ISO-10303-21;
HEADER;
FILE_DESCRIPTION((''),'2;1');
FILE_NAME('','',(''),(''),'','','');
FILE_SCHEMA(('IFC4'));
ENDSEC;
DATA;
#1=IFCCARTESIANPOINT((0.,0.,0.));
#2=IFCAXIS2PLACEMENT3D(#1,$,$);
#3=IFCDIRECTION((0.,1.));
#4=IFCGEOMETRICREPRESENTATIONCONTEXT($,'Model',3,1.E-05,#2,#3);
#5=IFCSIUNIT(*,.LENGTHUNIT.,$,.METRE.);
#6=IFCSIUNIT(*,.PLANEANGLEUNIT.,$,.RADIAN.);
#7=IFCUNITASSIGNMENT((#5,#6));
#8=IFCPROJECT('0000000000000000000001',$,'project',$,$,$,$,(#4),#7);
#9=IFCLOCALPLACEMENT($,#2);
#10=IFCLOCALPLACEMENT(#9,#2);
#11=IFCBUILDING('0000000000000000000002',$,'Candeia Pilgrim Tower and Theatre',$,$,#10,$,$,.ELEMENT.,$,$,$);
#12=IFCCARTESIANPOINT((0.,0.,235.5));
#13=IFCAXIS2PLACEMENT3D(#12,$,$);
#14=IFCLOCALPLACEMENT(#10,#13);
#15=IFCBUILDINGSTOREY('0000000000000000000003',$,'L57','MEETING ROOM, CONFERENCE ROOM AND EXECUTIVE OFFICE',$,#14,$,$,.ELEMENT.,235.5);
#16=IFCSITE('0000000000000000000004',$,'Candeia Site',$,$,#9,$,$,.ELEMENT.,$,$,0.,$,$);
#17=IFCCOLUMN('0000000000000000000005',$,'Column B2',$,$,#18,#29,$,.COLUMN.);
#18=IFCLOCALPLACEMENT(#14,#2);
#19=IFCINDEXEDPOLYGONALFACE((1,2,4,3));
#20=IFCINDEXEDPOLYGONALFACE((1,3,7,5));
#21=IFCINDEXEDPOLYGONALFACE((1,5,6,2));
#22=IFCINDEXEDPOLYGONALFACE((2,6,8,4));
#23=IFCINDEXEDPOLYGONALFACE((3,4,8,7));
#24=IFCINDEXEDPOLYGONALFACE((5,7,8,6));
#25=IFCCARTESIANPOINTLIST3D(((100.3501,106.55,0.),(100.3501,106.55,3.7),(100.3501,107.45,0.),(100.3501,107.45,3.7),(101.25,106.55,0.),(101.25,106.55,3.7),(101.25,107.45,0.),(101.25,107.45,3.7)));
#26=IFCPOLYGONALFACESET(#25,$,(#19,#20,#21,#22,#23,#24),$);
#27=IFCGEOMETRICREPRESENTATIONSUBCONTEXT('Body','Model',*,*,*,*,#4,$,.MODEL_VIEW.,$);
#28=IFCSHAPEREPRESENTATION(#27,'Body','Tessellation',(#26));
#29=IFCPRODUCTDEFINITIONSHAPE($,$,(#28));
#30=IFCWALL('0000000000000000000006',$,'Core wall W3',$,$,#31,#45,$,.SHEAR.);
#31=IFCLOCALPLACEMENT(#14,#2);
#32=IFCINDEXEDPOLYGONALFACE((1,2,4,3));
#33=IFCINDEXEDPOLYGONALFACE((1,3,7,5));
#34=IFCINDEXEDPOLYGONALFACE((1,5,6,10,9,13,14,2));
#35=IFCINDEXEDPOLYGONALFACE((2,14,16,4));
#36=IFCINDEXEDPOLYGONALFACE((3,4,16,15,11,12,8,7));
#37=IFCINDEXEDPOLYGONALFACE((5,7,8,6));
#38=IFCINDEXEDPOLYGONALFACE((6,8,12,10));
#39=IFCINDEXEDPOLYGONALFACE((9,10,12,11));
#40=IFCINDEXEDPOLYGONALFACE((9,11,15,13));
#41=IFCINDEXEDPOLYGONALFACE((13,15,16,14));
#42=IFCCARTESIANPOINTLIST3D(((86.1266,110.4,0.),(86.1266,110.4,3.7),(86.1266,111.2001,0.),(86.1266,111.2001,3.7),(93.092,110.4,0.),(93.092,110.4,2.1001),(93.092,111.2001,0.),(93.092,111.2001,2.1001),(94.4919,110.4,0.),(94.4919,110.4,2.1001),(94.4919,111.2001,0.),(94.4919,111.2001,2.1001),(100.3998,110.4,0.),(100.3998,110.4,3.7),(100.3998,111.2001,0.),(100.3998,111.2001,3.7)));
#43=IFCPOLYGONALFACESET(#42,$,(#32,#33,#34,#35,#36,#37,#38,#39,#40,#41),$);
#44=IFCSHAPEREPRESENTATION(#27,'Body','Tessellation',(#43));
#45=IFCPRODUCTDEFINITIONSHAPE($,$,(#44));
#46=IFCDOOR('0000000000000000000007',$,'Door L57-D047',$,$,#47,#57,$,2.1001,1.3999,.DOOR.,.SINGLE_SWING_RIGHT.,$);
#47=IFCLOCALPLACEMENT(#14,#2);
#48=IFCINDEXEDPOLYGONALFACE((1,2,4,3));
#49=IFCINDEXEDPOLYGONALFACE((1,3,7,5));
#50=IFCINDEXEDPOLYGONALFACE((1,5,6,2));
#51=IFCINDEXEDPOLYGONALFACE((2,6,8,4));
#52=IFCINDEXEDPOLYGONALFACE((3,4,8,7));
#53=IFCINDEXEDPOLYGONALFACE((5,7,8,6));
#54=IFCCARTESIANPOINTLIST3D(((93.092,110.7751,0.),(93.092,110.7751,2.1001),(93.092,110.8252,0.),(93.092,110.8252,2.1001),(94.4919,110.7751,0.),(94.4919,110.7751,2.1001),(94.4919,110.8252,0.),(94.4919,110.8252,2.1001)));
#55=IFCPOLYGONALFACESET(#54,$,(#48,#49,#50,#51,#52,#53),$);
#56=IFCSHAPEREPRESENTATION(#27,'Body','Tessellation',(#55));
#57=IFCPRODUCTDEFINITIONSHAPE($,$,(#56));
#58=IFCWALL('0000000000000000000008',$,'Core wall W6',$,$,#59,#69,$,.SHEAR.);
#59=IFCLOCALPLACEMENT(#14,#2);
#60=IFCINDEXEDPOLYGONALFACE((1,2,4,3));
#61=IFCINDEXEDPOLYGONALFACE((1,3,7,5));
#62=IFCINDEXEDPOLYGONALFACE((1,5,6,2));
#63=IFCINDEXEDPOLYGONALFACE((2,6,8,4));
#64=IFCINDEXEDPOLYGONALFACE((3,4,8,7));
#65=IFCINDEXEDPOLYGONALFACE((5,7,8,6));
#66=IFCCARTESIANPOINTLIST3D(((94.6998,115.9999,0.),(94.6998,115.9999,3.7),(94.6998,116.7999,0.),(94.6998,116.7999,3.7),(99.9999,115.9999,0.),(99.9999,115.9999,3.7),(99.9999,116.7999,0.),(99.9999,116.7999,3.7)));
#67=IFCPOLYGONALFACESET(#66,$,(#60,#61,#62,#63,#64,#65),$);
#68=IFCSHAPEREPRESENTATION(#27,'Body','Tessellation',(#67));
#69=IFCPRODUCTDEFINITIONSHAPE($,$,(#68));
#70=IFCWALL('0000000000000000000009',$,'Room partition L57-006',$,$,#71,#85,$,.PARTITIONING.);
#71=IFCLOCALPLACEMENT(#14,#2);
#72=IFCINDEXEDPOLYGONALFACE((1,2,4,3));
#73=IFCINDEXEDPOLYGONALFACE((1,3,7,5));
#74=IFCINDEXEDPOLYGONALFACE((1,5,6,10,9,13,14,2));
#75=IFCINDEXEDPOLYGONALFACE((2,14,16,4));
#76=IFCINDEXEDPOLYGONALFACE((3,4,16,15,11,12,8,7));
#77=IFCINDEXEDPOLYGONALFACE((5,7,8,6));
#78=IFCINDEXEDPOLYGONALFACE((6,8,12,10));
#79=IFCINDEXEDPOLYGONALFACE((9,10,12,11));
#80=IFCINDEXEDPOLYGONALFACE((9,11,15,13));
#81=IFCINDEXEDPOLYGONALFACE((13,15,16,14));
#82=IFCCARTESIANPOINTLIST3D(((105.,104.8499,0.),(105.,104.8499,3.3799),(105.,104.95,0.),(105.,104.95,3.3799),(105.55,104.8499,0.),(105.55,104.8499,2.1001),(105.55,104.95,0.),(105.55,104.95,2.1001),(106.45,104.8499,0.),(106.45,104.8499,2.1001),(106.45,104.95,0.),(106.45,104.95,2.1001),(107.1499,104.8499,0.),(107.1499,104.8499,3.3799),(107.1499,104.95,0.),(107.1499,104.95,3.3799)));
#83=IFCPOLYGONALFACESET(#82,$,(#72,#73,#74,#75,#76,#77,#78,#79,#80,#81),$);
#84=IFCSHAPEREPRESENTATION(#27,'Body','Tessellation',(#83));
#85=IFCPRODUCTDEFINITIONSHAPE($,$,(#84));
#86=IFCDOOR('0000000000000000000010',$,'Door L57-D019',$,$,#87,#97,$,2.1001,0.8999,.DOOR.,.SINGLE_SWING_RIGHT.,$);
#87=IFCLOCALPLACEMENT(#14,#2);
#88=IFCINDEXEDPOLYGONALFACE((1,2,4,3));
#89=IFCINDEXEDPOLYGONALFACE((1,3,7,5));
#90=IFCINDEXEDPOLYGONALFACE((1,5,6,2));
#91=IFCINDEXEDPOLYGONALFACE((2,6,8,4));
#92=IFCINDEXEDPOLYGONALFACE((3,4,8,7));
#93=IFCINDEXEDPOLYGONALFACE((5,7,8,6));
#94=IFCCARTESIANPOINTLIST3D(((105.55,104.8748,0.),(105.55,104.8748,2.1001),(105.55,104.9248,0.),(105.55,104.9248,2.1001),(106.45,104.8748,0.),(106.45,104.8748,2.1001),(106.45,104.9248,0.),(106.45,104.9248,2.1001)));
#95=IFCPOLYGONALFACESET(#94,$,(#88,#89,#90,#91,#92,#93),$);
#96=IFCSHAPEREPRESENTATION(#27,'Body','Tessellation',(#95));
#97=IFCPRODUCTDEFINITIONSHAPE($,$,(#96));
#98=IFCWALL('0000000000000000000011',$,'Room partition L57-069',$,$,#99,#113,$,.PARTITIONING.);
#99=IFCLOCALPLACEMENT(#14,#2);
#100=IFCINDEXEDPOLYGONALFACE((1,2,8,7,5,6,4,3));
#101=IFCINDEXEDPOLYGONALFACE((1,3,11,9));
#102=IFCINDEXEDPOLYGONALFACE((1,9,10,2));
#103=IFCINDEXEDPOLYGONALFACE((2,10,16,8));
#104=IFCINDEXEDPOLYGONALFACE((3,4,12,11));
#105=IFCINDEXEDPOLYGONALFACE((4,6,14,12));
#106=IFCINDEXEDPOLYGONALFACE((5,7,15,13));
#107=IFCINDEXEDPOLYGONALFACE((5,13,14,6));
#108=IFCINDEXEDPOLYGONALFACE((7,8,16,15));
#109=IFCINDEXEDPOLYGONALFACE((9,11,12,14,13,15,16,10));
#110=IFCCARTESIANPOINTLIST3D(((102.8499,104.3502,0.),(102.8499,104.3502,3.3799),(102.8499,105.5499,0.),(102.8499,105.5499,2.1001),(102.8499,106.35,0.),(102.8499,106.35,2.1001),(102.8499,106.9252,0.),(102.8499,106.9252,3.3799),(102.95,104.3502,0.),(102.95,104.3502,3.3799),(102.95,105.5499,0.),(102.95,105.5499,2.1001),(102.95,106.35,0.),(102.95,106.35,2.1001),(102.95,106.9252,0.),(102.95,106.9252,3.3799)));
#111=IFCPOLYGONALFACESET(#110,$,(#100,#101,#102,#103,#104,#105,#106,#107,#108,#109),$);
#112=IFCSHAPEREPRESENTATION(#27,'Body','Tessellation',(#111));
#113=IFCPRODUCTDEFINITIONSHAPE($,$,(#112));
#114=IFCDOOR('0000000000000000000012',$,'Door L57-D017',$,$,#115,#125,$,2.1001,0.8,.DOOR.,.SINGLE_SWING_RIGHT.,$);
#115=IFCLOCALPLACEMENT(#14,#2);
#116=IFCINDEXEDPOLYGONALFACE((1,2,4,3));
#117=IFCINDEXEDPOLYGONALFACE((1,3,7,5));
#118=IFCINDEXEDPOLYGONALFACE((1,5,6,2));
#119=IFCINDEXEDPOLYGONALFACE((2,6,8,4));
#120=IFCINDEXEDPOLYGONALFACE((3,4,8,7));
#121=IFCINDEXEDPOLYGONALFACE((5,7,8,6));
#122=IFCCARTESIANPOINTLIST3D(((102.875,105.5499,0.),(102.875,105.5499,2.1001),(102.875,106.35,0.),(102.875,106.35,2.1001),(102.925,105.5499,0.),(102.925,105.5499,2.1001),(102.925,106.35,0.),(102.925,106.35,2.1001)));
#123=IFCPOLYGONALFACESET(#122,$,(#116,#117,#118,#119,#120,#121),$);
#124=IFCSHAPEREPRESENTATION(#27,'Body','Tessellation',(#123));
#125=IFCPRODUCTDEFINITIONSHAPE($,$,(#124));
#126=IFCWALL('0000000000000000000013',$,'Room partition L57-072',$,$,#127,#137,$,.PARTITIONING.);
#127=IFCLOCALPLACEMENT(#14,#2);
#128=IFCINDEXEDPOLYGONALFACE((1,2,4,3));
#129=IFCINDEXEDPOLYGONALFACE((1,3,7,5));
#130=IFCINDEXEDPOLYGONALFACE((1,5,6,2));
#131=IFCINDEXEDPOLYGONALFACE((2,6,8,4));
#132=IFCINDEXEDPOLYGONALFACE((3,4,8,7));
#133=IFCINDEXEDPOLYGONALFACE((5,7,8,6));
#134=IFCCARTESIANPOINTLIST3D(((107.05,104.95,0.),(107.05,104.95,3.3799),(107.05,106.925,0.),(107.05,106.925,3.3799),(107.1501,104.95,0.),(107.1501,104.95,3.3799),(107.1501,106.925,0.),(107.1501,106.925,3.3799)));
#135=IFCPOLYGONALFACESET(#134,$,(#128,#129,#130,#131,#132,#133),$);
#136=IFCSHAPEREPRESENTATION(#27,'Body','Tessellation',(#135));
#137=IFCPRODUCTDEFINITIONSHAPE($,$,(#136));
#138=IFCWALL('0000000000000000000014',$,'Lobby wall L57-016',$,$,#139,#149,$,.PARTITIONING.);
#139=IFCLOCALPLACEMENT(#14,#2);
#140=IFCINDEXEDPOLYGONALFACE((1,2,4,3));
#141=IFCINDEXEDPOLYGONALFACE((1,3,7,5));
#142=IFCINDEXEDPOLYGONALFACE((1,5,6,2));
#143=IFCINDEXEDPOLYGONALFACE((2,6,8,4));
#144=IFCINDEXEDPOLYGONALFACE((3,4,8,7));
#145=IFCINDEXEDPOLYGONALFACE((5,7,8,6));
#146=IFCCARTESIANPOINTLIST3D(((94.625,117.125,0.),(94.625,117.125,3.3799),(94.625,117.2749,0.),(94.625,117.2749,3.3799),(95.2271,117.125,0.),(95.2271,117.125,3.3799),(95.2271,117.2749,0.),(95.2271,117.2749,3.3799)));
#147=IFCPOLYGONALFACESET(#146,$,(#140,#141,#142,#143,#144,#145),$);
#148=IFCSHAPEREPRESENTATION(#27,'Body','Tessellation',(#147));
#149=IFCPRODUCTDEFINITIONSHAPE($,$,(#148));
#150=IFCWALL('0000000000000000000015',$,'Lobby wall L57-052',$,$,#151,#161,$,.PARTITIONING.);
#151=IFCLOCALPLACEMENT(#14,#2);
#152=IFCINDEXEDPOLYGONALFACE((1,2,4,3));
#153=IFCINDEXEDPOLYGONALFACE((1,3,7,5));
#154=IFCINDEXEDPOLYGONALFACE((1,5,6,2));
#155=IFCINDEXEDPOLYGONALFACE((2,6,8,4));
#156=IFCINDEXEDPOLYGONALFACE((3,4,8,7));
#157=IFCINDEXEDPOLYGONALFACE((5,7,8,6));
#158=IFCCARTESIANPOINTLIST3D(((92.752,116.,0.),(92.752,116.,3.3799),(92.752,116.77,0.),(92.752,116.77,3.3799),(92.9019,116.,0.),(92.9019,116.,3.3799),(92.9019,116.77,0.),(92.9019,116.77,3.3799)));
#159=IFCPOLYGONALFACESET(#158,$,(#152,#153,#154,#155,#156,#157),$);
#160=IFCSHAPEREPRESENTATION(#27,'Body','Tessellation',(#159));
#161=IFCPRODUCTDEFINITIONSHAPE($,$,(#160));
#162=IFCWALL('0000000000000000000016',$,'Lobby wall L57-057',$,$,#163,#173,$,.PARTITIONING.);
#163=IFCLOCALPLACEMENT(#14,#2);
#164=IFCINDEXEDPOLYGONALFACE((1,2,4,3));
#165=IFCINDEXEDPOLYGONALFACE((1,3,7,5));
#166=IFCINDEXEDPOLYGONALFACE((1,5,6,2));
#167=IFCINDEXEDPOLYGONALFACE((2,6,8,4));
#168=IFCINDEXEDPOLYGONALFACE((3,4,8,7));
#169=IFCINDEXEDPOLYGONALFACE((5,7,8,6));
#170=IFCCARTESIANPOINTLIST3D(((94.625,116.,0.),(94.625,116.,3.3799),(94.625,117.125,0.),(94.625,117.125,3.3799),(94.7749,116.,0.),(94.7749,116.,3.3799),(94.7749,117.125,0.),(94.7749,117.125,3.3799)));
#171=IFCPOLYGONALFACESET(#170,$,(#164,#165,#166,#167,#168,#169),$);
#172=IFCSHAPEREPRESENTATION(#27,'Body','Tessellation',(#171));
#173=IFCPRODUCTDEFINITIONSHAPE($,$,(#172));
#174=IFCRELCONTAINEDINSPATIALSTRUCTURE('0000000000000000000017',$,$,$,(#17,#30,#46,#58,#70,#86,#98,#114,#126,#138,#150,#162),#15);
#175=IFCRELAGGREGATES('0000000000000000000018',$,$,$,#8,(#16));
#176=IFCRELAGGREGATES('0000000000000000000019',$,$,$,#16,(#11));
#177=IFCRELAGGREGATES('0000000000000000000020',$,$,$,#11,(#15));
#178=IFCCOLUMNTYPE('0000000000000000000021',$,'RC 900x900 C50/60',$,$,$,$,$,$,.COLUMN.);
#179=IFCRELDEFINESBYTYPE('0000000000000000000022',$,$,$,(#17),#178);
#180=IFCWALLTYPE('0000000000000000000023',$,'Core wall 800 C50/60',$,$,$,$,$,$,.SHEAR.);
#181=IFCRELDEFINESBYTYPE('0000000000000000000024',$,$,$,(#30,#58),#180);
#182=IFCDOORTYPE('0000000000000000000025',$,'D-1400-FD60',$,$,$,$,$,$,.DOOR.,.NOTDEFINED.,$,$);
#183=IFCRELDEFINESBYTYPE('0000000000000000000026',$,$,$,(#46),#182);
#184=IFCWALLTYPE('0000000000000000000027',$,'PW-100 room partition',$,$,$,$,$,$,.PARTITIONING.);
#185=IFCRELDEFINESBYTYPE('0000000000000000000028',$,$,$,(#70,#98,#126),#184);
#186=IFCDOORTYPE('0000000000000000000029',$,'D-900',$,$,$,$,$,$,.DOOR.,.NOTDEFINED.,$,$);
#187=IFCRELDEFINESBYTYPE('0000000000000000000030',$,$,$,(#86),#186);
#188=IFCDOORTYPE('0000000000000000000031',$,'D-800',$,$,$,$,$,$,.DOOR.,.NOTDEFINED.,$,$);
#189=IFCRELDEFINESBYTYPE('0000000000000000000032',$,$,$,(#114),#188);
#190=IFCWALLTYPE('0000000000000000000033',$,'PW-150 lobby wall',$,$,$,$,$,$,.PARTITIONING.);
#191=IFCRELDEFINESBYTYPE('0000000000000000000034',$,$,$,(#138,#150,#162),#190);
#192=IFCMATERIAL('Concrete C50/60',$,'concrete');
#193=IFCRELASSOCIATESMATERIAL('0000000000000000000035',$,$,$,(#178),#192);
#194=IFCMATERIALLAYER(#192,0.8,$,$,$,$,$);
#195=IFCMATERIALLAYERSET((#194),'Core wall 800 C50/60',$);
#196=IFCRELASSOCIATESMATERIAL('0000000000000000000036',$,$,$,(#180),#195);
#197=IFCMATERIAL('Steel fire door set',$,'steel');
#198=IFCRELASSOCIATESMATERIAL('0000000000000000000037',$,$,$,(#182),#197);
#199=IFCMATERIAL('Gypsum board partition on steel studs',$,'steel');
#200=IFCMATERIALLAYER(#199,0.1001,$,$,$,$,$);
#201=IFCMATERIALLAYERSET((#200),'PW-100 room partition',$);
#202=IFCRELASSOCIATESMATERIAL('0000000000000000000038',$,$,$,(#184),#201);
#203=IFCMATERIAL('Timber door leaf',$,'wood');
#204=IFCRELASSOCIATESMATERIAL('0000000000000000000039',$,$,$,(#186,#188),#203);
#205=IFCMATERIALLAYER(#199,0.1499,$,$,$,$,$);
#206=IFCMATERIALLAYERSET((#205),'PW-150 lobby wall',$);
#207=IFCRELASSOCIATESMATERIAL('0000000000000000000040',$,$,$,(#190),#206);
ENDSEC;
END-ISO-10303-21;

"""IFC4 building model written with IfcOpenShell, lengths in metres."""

from ifc_helpers import new_model, si_unit, direction, frame, frame_2d, origin, origin_2d, place, context, subcontext, project, spatial, rectangle, extrude, material, layer, layer_set, material_profile, profile_set, type_object, element, fill, save


model = new_model("IFC4")

# Units and contexts
model_context = context("Model", 3, precision=1e-05, world=origin(), true_north=direction((0.0, 1.0)))
body_context = subcontext(model_context, "Body", "Model", "MODEL_VIEW")
ifc_project = project(units=[si_unit("LENGTHUNIT", "METRE"), si_unit("PLANEANGLEUNIT", "RADIAN")], contexts=[model_context])

# Site, building, storey
site_placement = place(None, origin())
site = spatial("IfcSite", under=ifc_project, at=site_placement, Name="Candeia Site", CompositionType="ELEMENT", RefElevation=0.0)
building_placement = place(site_placement, origin())
building = spatial("IfcBuilding", under=site, at=building_placement, Name="Candeia Pilgrim Tower and Theatre", CompositionType="ELEMENT")
storey_placement = place(building_placement, frame((0.0, 0.0, 235.5)))
storey = spatial("IfcBuildingStorey", under=building, at=storey_placement, Name="L57", Description="MEETING ROOM, CONFERENCE ROOM AND EXECUTIVE OFFICE", CompositionType="ELEMENT", Elevation=235.5)

# Column
ifc_material_1 = material(Name="Concrete C50/60", Category="concrete")
ifc_material_profile = material_profile(ifc_material_1, rectangle(XDim=0.8999, YDim=0.8999, at=origin_2d()))
ifc_profile_set = profile_set([ifc_material_profile], Name="Concrete C50/60")
column_type = type_object("IfcColumnType", Name="RC 900x900 C50/60", PredefinedType="COLUMN", material=ifc_profile_set)
column_placement = place(storey_placement, frame((100.8, 107.0, 0.0), z_axis=(0.0, 0.0, 1.0), x_axis=(1.0, 0.0, 0.0)))
element("IfcColumn", 1, at=column_placement, inside=storey, type_object=column_type, Name="Column B2", PredefinedType="COLUMN", context=body_context, shape_type="SweptSolid", body=[
    extrude(rectangle(XDim=0.8999, YDim=0.8999, at=origin_2d()), origin(), (0.0, 0.0, 1.0), 3.7),
])

# Wall, opening, door
ifc_layer_1 = layer(ifc_material_1, 0.8)
ifc_layer_set_1 = layer_set([ifc_layer_1], Name="Core wall 800 C50/60")
wall_type_1 = type_object("IfcWallType", Name="Core wall 800 C50/60", PredefinedType="SHEAR", material=ifc_layer_set_1)
wall_1_placement = place(storey_placement, frame((100.3999, 110.8, 0.0), z_axis=(0.0, 0.0, 1.0), x_axis=(-1.0, 0.0, 0.0)))
wall_1 = element("IfcWall", 2, at=wall_1_placement, inside=storey, type_object=wall_type_1, Name="Core wall W3", PredefinedType="SHEAR", context=body_context, shape_type="SweptSolid", body=[
    extrude(rectangle(XDim=14.2732, YDim=0.8, at=frame_2d((7.1367, 0.0))), origin(), (0.0, 0.0, 1.0), 3.7),
])
opening_1_placement = place(wall_1_placement, frame((5.908, 0.0, 0.0)))
opening_1 = element("IfcOpeningElement", 3, at=opening_1_placement, cuts=wall_1, PredefinedType="OPENING", context=body_context, shape_type="SweptSolid", body=[
    extrude(rectangle(XDim=1.3999, YDim=2.1001, at=frame_2d((0.7, 1.05))), frame((0.0, 0.4102, 0.0), z_axis=(0.0, -1.0, 0.0), x_axis=(1.0, 0.0, 0.0)), (0.0, 0.0, 1.0), 0.8201),
])
ifc_material_2 = material(Name="Steel fire door set", Category="steel")
door_type_1 = type_object("IfcDoorType", Name="D-1400-FD60", OperationType="NOTDEFINED", PredefinedType="DOOR", material=ifc_material_2)
door_1_placement = place(opening_1_placement, origin())
door_1 = element("IfcDoor", 4, at=door_1_placement, inside=storey, type_object=door_type_1, Name="Door L57-D047", OperationType="SINGLE_SWING_RIGHT", OverallHeight=2.1001, OverallWidth=1.3999, PredefinedType="DOOR", context=body_context, shape_type="SweptSolid", body=[
    extrude(rectangle(XDim=1.3999, YDim=2.1001, at=frame_2d((0.7, 1.05))), frame((0.0, 0.0249, 0.0), z_axis=(0.0, -1.0, 0.0), x_axis=(1.0, 0.0, 0.0)), (0.0, 0.0, 1.0), 0.05),
])
fill(opening_1, door_1)

# Wall
wall_2_placement = place(storey_placement, frame((94.7, 116.3999, 0.0), z_axis=(0.0, 0.0, 1.0), x_axis=(1.0, 0.0, 0.0)))
element("IfcWall", 5, at=wall_2_placement, inside=storey, type_object=wall_type_1, Name="Core wall W6", PredefinedType="SHEAR", context=body_context, shape_type="SweptSolid", body=[
    extrude(rectangle(XDim=5.3, YDim=0.8, at=frame_2d((2.6499, 0.0))), origin(), (0.0, 0.0, 1.0), 3.7),
])

# Walls, openings, doors
ifc_material_3 = material(Name="Gypsum board partition on steel studs", Category="steel")
ifc_layer_2 = layer(ifc_material_3, 0.1001)
ifc_layer_set_2 = layer_set([ifc_layer_2], Name="PW-100 room partition")
wall_type_2 = type_object("IfcWallType", Name="PW-100 room partition", PredefinedType="PARTITIONING", material=ifc_layer_set_2)
wall_3_placement = place(storey_placement, frame((105.0, 104.8999, 0.0), z_axis=(0.0, 0.0, 1.0), x_axis=(1.0, 0.0, 0.0)))
wall_3 = element("IfcWall", 6, at=wall_3_placement, inside=storey, type_object=wall_type_2, Name="Room partition L57-006", PredefinedType="PARTITIONING", context=body_context, shape_type="SweptSolid", body=[
    extrude(rectangle(XDim=2.1499, YDim=0.1001, at=frame_2d((1.075, 0.0))), origin(), (0.0, 0.0, 1.0), 3.3799),
])
opening_2_placement = place(wall_3_placement, frame((0.55, 0.0, 0.0)))
opening_2 = element("IfcOpeningElement", 7, at=opening_2_placement, cuts=wall_3, PredefinedType="OPENING", context=body_context, shape_type="SweptSolid", body=[
    extrude(rectangle(XDim=0.8999, YDim=2.1001, at=frame_2d((0.45, 1.05))), frame((0.0, 0.0601, 0.0), z_axis=(0.0, -1.0, 0.0), x_axis=(1.0, 0.0, 0.0)), (0.0, 0.0, 1.0), 0.1201),
])
ifc_material_4 = material(Name="Timber door leaf", Category="wood")
door_type_2 = type_object("IfcDoorType", Name="D-900", OperationType="NOTDEFINED", PredefinedType="DOOR", material=ifc_material_4)
door_2_placement = place(opening_2_placement, origin())
door_2 = element("IfcDoor", 8, at=door_2_placement, inside=storey, type_object=door_type_2, Name="Door L57-D019", OperationType="SINGLE_SWING_RIGHT", OverallHeight=2.1001, OverallWidth=0.8999, PredefinedType="DOOR", context=body_context, shape_type="SweptSolid", body=[
    extrude(rectangle(XDim=0.8999, YDim=2.1001, at=frame_2d((0.45, 1.05))), frame((0.0, 0.0249, 0.0), z_axis=(0.0, -1.0, 0.0), x_axis=(1.0, 0.0, 0.0)), (0.0, 0.0, 1.0), 0.05),
])
fill(opening_2, door_2)
wall_4_placement = place(storey_placement, frame((102.8999, 104.3501, 0.0), z_axis=(0.0, 0.0, 1.0), x_axis=(0.0, 1.0, 0.0)))
wall_4 = element("IfcWall", 9, at=wall_4_placement, inside=storey, type_object=wall_type_2, Name="Room partition L57-069", PredefinedType="PARTITIONING", context=body_context, shape_type="SweptSolid", body=[
    extrude(rectangle(XDim=2.575, YDim=0.1001, at=frame_2d((1.2876, 0.0))), origin(), (0.0, 0.0, 1.0), 3.3799),
])
opening_3_placement = place(wall_4_placement, frame((1.2, 0.0, 0.0)))
opening_3 = element("IfcOpeningElement", 10, at=opening_3_placement, cuts=wall_4, PredefinedType="OPENING", context=body_context, shape_type="SweptSolid", body=[
    extrude(rectangle(XDim=0.8, YDim=2.1001, at=frame_2d((0.3999, 1.05))), frame((0.0, 0.0601, 0.0), z_axis=(0.0, -1.0, 0.0), x_axis=(1.0, 0.0, 0.0)), (0.0, 0.0, 1.0), 0.1201),
])
door_type_3 = type_object("IfcDoorType", Name="D-800", OperationType="NOTDEFINED", PredefinedType="DOOR", material=ifc_material_4)
door_3_placement = place(opening_3_placement, origin())
door_3 = element("IfcDoor", 11, at=door_3_placement, inside=storey, type_object=door_type_3, Name="Door L57-D017", OperationType="SINGLE_SWING_RIGHT", OverallHeight=2.1001, OverallWidth=0.8, PredefinedType="DOOR", context=body_context, shape_type="SweptSolid", body=[
    extrude(rectangle(XDim=0.8, YDim=2.1001, at=frame_2d((0.3999, 1.05))), frame((0.0, 0.0249, 0.0), z_axis=(0.0, -1.0, 0.0), x_axis=(1.0, 0.0, 0.0)), (0.0, 0.0, 1.0), 0.05),
])
fill(opening_3, door_3)

# Walls
wall_5_placement = place(storey_placement, frame((107.1001, 104.95, 0.0), z_axis=(0.0, 0.0, 1.0), x_axis=(0.0, 1.0, 0.0)))
element("IfcWall", 12, at=wall_5_placement, inside=storey, type_object=wall_type_2, Name="Room partition L57-072", PredefinedType="PARTITIONING", context=body_context, shape_type="SweptSolid", body=[
    extrude(rectangle(XDim=1.9751, YDim=0.1001, at=frame_2d((0.9875, 0.0))), origin(), (0.0, 0.0, 1.0), 3.3799),
])
ifc_layer_3 = layer(ifc_material_3, 0.1499)
ifc_layer_set_3 = layer_set([ifc_layer_3], Name="PW-150 lobby wall")
wall_type_3 = type_object("IfcWallType", Name="PW-150 lobby wall", PredefinedType="PARTITIONING", material=ifc_layer_set_3)
wall_6_placement = place(storey_placement, frame((94.625, 117.2, 0.0), z_axis=(0.0, 0.0, 1.0), x_axis=(1.0, 0.0, 0.0)))
element("IfcWall", 13, at=wall_6_placement, inside=storey, type_object=wall_type_3, Name="Lobby wall L57-016", PredefinedType="PARTITIONING", context=body_context, shape_type="SweptSolid", body=[
    extrude(rectangle(XDim=0.6021, YDim=0.1499, at=frame_2d((0.301, 0.0))), origin(), (0.0, 0.0, 1.0), 3.3799),
])
wall_7_placement = place(storey_placement, frame((92.8269, 116.0, 0.0), z_axis=(0.0, 0.0, 1.0), x_axis=(0.0, 1.0, 0.0)))
element("IfcWall", 14, at=wall_7_placement, inside=storey, type_object=wall_type_3, Name="Lobby wall L57-052", PredefinedType="PARTITIONING", context=body_context, shape_type="SweptSolid", body=[
    extrude(rectangle(XDim=0.77, YDim=0.1499, at=frame_2d((0.385, 0.0))), origin(), (0.0, 0.0, 1.0), 3.3799),
])
wall_8_placement = place(storey_placement, frame((94.7, 116.0, 0.0), z_axis=(0.0, 0.0, 1.0), x_axis=(0.0, 1.0, 0.0)))
element("IfcWall", 15, at=wall_8_placement, inside=storey, type_object=wall_type_3, Name="Lobby wall L57-057", PredefinedType="PARTITIONING", context=body_context, shape_type="SweptSolid", body=[
    extrude(rectangle(XDim=1.125, YDim=0.1499, at=frame_2d((0.5625, 0.0))), origin(), (0.0, 0.0, 1.0), 3.3799),
])

save(model, "model.ifc")
